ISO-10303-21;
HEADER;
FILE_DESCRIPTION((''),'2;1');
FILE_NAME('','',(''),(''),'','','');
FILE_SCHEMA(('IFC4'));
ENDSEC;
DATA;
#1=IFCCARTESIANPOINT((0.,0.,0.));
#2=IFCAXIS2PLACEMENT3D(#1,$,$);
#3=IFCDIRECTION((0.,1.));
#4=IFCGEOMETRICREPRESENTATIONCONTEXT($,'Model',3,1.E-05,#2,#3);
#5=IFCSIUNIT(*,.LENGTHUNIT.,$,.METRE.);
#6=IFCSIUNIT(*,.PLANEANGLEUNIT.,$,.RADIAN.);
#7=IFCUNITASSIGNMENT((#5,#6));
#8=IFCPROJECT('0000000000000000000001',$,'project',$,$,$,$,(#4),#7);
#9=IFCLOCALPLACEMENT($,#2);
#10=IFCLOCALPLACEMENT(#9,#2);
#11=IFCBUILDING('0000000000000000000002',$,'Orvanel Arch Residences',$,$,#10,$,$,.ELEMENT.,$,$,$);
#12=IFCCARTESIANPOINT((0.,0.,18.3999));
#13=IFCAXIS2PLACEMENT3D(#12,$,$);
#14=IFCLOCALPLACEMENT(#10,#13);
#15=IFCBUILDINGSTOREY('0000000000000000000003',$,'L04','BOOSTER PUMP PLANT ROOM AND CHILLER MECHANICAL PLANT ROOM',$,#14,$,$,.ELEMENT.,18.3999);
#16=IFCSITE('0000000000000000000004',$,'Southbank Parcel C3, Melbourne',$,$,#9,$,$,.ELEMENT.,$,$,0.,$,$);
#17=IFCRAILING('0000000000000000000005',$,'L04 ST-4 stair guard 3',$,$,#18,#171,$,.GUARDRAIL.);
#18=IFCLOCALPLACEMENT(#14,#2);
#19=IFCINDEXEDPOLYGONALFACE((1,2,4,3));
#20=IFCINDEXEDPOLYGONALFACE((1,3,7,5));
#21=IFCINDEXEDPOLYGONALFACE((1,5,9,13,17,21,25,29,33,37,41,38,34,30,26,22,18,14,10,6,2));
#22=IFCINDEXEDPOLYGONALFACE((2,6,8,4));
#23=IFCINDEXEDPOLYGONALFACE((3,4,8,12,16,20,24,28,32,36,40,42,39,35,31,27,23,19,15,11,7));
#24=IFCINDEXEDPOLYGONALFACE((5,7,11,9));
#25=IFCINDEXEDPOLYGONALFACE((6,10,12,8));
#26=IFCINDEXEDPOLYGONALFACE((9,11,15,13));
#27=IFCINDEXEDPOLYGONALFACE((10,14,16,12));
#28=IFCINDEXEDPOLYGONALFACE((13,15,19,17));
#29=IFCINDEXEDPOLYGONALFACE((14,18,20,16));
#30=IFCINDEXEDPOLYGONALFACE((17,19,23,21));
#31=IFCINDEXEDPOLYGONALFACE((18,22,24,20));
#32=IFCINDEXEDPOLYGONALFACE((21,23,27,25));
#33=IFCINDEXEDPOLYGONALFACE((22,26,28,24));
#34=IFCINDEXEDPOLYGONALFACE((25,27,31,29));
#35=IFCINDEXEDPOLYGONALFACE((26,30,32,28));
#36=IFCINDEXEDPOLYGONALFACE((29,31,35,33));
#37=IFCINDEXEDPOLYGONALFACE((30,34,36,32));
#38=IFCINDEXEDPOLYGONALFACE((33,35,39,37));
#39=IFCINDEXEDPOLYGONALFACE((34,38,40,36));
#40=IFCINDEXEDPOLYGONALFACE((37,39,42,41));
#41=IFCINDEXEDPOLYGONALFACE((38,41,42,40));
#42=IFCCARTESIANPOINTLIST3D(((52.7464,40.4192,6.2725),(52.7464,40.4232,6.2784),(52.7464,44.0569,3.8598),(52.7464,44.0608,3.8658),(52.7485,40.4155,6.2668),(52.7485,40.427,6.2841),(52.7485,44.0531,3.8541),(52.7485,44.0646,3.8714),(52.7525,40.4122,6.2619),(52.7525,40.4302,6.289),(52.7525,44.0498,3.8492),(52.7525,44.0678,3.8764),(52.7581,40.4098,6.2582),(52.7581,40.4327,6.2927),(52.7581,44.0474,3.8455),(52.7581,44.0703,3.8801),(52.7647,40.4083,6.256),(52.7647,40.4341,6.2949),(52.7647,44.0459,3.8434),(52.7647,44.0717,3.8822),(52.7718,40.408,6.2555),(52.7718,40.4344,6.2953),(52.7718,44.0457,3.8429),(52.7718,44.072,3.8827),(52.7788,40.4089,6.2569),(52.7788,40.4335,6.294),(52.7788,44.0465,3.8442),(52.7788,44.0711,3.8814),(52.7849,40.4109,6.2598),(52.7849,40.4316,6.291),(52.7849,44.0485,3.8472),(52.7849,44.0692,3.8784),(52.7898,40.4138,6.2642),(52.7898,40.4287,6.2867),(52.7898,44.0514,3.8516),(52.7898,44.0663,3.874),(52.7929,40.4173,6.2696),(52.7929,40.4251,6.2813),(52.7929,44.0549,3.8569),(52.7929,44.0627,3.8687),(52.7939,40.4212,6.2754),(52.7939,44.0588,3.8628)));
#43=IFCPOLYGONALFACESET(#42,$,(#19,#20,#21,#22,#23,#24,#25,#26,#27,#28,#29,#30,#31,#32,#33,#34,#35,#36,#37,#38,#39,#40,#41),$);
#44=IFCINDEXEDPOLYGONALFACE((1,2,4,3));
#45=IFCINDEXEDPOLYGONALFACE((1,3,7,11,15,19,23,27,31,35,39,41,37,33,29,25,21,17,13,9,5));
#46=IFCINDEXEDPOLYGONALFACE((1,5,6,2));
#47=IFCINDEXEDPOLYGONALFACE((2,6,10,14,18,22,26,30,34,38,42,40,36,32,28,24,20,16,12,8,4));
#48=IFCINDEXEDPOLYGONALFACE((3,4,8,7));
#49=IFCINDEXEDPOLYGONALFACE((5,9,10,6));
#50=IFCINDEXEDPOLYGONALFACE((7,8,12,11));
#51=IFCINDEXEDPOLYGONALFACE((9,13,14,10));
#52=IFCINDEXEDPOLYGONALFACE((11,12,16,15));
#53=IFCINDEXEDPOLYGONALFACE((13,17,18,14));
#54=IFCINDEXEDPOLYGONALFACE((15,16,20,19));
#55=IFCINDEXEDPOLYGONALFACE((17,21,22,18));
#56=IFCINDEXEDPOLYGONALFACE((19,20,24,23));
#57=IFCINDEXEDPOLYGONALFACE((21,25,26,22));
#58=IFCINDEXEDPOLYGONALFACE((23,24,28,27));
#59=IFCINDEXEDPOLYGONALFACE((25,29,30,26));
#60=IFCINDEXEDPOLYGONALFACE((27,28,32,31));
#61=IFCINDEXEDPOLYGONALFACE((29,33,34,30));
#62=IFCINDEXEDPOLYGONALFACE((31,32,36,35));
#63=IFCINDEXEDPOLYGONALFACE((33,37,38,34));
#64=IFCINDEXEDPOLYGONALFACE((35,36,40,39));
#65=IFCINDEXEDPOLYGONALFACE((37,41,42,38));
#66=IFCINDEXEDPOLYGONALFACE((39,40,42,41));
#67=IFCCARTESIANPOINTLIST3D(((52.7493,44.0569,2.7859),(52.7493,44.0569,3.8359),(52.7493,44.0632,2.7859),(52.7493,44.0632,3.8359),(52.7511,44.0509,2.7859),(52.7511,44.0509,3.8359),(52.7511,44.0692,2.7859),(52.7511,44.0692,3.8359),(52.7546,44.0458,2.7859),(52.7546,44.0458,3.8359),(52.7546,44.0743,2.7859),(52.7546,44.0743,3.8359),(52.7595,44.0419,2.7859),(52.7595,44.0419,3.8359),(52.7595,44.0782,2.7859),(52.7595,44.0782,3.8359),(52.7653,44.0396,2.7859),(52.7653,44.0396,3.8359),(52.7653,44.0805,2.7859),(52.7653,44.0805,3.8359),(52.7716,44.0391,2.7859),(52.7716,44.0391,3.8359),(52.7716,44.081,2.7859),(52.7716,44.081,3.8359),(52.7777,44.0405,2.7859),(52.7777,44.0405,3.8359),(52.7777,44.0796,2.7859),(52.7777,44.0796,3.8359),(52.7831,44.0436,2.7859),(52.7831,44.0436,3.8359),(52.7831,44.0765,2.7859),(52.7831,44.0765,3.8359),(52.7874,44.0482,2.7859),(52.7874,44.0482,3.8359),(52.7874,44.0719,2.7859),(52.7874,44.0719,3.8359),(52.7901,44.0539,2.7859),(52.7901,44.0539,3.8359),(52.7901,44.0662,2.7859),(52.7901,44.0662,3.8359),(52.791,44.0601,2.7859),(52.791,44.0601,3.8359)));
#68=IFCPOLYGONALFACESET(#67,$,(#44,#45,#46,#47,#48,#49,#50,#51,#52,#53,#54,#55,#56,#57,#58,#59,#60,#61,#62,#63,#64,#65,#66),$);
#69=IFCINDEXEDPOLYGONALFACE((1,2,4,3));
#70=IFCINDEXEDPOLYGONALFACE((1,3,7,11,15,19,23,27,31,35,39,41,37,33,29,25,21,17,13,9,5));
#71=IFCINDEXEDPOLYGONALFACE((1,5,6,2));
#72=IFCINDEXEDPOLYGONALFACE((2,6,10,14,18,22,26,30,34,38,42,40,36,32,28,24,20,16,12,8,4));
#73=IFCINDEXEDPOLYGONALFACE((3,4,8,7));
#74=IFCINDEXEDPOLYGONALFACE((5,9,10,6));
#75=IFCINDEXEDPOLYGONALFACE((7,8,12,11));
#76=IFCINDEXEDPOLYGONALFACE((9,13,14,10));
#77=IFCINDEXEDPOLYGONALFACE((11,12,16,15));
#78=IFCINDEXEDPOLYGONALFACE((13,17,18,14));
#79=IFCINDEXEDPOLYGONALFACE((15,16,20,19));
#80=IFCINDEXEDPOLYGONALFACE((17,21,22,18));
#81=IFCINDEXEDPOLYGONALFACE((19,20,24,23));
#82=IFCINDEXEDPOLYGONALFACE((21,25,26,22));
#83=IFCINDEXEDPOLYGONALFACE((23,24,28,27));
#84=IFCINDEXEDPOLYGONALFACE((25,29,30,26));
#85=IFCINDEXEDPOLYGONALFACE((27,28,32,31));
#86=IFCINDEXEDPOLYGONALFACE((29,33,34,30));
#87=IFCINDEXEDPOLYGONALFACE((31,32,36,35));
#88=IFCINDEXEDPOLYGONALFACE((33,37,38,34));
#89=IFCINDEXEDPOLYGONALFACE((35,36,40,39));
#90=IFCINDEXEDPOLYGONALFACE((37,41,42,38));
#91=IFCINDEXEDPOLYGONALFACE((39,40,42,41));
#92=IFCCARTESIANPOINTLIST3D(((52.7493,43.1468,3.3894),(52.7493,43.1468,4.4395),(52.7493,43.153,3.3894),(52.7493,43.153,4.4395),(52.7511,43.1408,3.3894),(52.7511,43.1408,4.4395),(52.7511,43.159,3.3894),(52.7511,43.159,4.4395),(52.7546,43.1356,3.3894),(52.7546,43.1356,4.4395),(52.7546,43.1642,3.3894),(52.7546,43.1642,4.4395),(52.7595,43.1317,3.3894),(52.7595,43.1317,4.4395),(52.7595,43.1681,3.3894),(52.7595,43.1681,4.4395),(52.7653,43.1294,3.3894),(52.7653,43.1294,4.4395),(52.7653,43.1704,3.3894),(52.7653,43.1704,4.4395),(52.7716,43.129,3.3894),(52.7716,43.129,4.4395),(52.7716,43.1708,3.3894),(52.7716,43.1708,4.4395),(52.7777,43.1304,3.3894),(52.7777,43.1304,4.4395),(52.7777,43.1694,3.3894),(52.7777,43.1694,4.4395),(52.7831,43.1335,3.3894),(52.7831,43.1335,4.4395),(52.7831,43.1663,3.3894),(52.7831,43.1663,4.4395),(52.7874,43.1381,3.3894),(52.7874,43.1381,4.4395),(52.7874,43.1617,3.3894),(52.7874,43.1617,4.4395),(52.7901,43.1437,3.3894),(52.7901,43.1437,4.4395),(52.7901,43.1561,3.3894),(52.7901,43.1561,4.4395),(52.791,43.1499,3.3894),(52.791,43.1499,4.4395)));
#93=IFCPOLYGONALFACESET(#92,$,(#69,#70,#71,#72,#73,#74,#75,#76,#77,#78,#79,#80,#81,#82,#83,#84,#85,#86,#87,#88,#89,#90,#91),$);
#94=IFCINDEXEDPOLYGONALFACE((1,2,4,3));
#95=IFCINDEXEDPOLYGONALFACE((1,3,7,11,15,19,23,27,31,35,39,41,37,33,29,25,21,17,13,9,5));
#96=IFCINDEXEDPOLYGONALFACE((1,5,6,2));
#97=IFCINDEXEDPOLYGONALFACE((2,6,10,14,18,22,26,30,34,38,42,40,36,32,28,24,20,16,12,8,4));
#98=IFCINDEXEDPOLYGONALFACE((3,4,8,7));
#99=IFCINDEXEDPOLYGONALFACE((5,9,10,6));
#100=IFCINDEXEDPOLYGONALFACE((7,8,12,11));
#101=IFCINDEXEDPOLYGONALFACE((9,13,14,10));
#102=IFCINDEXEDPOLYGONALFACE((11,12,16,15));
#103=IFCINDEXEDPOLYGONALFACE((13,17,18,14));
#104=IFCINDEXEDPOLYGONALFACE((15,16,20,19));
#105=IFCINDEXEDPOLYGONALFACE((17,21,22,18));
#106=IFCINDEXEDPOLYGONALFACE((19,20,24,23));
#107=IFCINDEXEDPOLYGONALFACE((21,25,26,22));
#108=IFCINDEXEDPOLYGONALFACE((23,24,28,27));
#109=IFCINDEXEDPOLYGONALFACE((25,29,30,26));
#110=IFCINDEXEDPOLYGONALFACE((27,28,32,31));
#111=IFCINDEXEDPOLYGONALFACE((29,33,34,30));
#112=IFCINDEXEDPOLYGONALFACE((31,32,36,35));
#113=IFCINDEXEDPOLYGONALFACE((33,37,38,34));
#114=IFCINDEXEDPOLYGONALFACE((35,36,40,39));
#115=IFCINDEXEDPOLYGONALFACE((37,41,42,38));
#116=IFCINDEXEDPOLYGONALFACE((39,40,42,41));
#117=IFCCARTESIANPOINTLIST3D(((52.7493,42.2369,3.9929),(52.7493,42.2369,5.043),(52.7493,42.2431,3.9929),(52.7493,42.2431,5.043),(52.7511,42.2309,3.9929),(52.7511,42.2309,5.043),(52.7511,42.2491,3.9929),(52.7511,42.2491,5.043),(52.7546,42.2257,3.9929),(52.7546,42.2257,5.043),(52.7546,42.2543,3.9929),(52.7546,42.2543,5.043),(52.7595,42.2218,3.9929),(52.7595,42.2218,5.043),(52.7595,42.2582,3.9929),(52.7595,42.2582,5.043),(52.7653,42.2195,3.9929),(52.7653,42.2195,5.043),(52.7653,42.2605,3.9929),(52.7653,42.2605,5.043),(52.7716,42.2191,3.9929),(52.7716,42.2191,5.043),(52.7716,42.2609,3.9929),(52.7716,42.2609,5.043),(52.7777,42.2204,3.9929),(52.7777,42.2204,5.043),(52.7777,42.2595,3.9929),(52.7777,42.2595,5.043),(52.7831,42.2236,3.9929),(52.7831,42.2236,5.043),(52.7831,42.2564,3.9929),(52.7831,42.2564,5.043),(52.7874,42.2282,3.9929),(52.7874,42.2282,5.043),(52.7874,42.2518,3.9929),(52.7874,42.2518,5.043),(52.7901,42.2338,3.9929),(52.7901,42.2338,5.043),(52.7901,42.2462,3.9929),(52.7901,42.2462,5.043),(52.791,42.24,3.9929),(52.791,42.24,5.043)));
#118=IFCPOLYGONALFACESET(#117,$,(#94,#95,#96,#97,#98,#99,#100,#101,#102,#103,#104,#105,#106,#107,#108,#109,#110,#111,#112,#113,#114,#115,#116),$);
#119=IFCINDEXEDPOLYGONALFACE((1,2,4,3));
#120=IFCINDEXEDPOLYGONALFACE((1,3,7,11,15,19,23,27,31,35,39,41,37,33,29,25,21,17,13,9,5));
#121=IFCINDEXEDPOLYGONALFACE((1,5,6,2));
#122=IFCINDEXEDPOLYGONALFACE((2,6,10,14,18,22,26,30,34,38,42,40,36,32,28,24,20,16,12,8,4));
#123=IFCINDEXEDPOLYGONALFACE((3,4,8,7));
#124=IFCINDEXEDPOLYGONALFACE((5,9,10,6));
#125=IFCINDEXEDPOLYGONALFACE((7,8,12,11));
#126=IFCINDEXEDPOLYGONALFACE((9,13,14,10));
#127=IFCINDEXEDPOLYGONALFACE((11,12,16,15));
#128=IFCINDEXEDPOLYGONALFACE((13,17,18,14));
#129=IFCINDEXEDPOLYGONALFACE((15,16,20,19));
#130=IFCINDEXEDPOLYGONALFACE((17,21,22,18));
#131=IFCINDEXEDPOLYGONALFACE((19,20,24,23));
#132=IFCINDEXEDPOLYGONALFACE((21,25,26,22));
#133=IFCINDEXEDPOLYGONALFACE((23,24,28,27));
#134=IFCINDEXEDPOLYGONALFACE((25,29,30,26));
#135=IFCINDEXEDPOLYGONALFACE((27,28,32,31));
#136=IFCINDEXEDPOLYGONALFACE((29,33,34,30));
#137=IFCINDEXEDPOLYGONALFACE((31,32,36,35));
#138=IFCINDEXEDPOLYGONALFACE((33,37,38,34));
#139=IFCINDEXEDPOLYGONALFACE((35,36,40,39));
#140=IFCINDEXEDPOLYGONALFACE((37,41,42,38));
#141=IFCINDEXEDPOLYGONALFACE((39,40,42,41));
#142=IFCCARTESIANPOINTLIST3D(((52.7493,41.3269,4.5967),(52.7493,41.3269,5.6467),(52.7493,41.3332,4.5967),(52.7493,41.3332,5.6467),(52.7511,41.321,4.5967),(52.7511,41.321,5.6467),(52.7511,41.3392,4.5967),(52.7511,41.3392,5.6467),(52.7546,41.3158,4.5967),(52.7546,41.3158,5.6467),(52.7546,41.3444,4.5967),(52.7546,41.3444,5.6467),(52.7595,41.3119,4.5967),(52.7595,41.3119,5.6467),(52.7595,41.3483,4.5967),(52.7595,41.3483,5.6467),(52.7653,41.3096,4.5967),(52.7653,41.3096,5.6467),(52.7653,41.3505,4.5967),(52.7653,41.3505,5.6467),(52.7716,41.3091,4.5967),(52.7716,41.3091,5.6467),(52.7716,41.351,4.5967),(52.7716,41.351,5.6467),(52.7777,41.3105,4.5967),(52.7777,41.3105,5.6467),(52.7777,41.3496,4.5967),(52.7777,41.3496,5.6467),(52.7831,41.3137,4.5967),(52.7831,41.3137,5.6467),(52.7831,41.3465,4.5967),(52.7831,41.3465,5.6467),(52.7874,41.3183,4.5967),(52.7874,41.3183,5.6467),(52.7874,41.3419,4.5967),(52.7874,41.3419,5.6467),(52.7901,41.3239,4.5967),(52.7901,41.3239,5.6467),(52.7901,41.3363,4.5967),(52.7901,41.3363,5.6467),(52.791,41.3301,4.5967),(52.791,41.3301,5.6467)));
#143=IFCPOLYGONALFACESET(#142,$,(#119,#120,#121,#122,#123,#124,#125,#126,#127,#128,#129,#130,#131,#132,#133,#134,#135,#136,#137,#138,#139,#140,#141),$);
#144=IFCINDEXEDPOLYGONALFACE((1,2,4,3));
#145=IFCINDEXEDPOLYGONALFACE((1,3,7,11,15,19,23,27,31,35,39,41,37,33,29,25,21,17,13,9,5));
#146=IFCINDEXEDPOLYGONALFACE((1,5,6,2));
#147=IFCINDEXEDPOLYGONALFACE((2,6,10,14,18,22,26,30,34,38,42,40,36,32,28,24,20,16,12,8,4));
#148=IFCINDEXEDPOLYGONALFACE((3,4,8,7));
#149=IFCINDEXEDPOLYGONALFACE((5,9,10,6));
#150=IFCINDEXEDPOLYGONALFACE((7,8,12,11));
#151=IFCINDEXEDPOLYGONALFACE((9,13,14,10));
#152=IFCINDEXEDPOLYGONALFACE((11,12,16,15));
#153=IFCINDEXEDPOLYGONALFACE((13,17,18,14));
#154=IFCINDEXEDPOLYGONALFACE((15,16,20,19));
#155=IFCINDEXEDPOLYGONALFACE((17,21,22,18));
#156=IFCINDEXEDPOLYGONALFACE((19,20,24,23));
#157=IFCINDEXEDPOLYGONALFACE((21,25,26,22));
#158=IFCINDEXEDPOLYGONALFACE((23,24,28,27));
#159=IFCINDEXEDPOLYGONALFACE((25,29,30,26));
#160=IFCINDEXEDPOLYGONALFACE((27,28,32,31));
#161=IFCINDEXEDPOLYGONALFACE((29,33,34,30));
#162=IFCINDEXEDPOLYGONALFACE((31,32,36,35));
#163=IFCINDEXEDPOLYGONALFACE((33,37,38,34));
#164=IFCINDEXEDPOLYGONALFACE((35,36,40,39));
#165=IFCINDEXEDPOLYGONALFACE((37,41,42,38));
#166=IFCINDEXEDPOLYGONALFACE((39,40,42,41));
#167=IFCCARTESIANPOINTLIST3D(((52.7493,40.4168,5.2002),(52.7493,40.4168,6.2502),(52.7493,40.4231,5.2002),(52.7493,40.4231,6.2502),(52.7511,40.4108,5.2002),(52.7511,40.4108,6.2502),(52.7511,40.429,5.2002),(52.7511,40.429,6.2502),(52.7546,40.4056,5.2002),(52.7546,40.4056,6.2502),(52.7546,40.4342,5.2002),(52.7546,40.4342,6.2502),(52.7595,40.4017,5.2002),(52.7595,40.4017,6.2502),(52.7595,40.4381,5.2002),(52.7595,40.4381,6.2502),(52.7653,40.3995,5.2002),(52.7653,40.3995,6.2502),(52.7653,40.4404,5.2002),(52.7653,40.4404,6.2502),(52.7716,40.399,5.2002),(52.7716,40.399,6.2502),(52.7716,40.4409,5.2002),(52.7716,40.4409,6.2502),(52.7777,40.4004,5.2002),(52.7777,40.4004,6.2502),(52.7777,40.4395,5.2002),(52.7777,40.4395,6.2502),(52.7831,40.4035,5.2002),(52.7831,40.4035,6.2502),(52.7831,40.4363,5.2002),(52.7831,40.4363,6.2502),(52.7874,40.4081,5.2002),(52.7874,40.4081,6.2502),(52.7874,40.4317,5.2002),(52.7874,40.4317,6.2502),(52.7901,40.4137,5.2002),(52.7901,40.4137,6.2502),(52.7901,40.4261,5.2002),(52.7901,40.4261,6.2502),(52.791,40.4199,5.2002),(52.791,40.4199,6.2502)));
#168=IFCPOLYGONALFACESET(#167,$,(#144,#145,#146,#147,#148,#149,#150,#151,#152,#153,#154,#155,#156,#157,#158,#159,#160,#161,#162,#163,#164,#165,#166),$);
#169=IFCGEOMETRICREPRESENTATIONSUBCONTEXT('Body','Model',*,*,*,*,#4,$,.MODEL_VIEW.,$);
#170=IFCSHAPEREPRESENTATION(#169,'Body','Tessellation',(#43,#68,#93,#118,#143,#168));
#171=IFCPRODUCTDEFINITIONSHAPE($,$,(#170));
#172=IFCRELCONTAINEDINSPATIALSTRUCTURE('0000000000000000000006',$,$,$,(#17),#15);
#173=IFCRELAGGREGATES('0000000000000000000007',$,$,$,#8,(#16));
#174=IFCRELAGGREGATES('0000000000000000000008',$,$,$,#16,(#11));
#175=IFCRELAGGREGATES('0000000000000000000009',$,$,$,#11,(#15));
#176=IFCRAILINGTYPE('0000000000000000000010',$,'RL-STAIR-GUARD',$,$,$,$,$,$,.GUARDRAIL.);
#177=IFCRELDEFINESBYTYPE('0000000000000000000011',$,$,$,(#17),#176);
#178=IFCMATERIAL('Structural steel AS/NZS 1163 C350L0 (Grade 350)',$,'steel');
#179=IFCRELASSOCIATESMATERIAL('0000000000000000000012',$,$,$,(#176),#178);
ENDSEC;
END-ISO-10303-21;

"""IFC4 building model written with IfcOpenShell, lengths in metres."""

from ifc_helpers import new_model, si_unit, direction, frame, origin, origin_2d, place, context, subcontext, project, spatial, circle, extrude, material, type_object, element, save


model = new_model("IFC4")

# Units and contexts
model_context = context("Model", 3, precision=1e-05, world=origin(), true_north=direction((0.0, 1.0)))
body_context = subcontext(model_context, "Body", "Model", "MODEL_VIEW")
ifc_project = project(units=[si_unit("LENGTHUNIT", "METRE"), si_unit("PLANEANGLEUNIT", "RADIAN")], contexts=[model_context])

# Site, building, storey
site_placement = place(None, origin())
site = spatial("IfcSite", under=ifc_project, at=site_placement, Name="Southbank Parcel C3, Melbourne", CompositionType="ELEMENT", RefElevation=0.0)
building_placement = place(site_placement, origin())
building = spatial("IfcBuilding", under=site, at=building_placement, Name="Orvanel Arch Residences", CompositionType="ELEMENT")
storey_placement = place(building_placement, frame((0.0, 0.0, 18.3999)))
storey = spatial("IfcBuildingStorey", under=building, at=storey_placement, Name="L04", Description="BOOSTER PUMP PLANT ROOM AND CHILLER MECHANICAL PLANT ROOM", CompositionType="ELEMENT", Elevation=18.3999)

# Railing
ifc_material_1 = material(Name="Structural steel AS/NZS 1163 C350L0 (Grade 350)", Category="steel")
railing_type_1 = type_object("IfcRailingType", Name="RL-STAIR-GUARD", PredefinedType="GUARDRAIL", material=ifc_material_1)
railing_1_placement = place(storey_placement, frame((52.77, 44.0601, 2.7859)))
element("IfcRailing", 1, at=railing_1_placement, inside=storey, type_object=railing_type_1, Name="L04 ST-4 stair guard 3", PredefinedType="GUARDRAIL", context=body_context, shape_type="SweptSolid", body=[
    extrude(circle(Radius=0.0239, at=origin_2d()), frame((0.0, -0.0012, 1.0769), z_axis=(0.0, -0.833364, 0.552725), x_axis=(1.0, 0.0, 0.0)), (0.0, 0.0, 1.0), 4.365),
    extrude(circle(Radius=0.021, at=origin_2d()), origin(), (0.0, 0.0, 1.0), 1.05),
    extrude(circle(Radius=0.021, at=origin_2d()), frame((0.0, -0.9102, 0.6035)), (0.0, 0.0, 1.0), 1.05),
    extrude(circle(Radius=0.021, at=origin_2d()), frame((0.0, -1.8201, 1.207)), (0.0, 0.0, 1.0), 1.05),
    extrude(circle(Radius=0.021, at=origin_2d()), frame((0.0, -2.73, 1.8108)), (0.0, 0.0, 1.0), 1.05),
    extrude(circle(Radius=0.021, at=origin_2d()), frame((0.0, -3.6401, 2.4143)), (0.0, 0.0, 1.0), 1.05),
])

save(model, "model.ifc")
